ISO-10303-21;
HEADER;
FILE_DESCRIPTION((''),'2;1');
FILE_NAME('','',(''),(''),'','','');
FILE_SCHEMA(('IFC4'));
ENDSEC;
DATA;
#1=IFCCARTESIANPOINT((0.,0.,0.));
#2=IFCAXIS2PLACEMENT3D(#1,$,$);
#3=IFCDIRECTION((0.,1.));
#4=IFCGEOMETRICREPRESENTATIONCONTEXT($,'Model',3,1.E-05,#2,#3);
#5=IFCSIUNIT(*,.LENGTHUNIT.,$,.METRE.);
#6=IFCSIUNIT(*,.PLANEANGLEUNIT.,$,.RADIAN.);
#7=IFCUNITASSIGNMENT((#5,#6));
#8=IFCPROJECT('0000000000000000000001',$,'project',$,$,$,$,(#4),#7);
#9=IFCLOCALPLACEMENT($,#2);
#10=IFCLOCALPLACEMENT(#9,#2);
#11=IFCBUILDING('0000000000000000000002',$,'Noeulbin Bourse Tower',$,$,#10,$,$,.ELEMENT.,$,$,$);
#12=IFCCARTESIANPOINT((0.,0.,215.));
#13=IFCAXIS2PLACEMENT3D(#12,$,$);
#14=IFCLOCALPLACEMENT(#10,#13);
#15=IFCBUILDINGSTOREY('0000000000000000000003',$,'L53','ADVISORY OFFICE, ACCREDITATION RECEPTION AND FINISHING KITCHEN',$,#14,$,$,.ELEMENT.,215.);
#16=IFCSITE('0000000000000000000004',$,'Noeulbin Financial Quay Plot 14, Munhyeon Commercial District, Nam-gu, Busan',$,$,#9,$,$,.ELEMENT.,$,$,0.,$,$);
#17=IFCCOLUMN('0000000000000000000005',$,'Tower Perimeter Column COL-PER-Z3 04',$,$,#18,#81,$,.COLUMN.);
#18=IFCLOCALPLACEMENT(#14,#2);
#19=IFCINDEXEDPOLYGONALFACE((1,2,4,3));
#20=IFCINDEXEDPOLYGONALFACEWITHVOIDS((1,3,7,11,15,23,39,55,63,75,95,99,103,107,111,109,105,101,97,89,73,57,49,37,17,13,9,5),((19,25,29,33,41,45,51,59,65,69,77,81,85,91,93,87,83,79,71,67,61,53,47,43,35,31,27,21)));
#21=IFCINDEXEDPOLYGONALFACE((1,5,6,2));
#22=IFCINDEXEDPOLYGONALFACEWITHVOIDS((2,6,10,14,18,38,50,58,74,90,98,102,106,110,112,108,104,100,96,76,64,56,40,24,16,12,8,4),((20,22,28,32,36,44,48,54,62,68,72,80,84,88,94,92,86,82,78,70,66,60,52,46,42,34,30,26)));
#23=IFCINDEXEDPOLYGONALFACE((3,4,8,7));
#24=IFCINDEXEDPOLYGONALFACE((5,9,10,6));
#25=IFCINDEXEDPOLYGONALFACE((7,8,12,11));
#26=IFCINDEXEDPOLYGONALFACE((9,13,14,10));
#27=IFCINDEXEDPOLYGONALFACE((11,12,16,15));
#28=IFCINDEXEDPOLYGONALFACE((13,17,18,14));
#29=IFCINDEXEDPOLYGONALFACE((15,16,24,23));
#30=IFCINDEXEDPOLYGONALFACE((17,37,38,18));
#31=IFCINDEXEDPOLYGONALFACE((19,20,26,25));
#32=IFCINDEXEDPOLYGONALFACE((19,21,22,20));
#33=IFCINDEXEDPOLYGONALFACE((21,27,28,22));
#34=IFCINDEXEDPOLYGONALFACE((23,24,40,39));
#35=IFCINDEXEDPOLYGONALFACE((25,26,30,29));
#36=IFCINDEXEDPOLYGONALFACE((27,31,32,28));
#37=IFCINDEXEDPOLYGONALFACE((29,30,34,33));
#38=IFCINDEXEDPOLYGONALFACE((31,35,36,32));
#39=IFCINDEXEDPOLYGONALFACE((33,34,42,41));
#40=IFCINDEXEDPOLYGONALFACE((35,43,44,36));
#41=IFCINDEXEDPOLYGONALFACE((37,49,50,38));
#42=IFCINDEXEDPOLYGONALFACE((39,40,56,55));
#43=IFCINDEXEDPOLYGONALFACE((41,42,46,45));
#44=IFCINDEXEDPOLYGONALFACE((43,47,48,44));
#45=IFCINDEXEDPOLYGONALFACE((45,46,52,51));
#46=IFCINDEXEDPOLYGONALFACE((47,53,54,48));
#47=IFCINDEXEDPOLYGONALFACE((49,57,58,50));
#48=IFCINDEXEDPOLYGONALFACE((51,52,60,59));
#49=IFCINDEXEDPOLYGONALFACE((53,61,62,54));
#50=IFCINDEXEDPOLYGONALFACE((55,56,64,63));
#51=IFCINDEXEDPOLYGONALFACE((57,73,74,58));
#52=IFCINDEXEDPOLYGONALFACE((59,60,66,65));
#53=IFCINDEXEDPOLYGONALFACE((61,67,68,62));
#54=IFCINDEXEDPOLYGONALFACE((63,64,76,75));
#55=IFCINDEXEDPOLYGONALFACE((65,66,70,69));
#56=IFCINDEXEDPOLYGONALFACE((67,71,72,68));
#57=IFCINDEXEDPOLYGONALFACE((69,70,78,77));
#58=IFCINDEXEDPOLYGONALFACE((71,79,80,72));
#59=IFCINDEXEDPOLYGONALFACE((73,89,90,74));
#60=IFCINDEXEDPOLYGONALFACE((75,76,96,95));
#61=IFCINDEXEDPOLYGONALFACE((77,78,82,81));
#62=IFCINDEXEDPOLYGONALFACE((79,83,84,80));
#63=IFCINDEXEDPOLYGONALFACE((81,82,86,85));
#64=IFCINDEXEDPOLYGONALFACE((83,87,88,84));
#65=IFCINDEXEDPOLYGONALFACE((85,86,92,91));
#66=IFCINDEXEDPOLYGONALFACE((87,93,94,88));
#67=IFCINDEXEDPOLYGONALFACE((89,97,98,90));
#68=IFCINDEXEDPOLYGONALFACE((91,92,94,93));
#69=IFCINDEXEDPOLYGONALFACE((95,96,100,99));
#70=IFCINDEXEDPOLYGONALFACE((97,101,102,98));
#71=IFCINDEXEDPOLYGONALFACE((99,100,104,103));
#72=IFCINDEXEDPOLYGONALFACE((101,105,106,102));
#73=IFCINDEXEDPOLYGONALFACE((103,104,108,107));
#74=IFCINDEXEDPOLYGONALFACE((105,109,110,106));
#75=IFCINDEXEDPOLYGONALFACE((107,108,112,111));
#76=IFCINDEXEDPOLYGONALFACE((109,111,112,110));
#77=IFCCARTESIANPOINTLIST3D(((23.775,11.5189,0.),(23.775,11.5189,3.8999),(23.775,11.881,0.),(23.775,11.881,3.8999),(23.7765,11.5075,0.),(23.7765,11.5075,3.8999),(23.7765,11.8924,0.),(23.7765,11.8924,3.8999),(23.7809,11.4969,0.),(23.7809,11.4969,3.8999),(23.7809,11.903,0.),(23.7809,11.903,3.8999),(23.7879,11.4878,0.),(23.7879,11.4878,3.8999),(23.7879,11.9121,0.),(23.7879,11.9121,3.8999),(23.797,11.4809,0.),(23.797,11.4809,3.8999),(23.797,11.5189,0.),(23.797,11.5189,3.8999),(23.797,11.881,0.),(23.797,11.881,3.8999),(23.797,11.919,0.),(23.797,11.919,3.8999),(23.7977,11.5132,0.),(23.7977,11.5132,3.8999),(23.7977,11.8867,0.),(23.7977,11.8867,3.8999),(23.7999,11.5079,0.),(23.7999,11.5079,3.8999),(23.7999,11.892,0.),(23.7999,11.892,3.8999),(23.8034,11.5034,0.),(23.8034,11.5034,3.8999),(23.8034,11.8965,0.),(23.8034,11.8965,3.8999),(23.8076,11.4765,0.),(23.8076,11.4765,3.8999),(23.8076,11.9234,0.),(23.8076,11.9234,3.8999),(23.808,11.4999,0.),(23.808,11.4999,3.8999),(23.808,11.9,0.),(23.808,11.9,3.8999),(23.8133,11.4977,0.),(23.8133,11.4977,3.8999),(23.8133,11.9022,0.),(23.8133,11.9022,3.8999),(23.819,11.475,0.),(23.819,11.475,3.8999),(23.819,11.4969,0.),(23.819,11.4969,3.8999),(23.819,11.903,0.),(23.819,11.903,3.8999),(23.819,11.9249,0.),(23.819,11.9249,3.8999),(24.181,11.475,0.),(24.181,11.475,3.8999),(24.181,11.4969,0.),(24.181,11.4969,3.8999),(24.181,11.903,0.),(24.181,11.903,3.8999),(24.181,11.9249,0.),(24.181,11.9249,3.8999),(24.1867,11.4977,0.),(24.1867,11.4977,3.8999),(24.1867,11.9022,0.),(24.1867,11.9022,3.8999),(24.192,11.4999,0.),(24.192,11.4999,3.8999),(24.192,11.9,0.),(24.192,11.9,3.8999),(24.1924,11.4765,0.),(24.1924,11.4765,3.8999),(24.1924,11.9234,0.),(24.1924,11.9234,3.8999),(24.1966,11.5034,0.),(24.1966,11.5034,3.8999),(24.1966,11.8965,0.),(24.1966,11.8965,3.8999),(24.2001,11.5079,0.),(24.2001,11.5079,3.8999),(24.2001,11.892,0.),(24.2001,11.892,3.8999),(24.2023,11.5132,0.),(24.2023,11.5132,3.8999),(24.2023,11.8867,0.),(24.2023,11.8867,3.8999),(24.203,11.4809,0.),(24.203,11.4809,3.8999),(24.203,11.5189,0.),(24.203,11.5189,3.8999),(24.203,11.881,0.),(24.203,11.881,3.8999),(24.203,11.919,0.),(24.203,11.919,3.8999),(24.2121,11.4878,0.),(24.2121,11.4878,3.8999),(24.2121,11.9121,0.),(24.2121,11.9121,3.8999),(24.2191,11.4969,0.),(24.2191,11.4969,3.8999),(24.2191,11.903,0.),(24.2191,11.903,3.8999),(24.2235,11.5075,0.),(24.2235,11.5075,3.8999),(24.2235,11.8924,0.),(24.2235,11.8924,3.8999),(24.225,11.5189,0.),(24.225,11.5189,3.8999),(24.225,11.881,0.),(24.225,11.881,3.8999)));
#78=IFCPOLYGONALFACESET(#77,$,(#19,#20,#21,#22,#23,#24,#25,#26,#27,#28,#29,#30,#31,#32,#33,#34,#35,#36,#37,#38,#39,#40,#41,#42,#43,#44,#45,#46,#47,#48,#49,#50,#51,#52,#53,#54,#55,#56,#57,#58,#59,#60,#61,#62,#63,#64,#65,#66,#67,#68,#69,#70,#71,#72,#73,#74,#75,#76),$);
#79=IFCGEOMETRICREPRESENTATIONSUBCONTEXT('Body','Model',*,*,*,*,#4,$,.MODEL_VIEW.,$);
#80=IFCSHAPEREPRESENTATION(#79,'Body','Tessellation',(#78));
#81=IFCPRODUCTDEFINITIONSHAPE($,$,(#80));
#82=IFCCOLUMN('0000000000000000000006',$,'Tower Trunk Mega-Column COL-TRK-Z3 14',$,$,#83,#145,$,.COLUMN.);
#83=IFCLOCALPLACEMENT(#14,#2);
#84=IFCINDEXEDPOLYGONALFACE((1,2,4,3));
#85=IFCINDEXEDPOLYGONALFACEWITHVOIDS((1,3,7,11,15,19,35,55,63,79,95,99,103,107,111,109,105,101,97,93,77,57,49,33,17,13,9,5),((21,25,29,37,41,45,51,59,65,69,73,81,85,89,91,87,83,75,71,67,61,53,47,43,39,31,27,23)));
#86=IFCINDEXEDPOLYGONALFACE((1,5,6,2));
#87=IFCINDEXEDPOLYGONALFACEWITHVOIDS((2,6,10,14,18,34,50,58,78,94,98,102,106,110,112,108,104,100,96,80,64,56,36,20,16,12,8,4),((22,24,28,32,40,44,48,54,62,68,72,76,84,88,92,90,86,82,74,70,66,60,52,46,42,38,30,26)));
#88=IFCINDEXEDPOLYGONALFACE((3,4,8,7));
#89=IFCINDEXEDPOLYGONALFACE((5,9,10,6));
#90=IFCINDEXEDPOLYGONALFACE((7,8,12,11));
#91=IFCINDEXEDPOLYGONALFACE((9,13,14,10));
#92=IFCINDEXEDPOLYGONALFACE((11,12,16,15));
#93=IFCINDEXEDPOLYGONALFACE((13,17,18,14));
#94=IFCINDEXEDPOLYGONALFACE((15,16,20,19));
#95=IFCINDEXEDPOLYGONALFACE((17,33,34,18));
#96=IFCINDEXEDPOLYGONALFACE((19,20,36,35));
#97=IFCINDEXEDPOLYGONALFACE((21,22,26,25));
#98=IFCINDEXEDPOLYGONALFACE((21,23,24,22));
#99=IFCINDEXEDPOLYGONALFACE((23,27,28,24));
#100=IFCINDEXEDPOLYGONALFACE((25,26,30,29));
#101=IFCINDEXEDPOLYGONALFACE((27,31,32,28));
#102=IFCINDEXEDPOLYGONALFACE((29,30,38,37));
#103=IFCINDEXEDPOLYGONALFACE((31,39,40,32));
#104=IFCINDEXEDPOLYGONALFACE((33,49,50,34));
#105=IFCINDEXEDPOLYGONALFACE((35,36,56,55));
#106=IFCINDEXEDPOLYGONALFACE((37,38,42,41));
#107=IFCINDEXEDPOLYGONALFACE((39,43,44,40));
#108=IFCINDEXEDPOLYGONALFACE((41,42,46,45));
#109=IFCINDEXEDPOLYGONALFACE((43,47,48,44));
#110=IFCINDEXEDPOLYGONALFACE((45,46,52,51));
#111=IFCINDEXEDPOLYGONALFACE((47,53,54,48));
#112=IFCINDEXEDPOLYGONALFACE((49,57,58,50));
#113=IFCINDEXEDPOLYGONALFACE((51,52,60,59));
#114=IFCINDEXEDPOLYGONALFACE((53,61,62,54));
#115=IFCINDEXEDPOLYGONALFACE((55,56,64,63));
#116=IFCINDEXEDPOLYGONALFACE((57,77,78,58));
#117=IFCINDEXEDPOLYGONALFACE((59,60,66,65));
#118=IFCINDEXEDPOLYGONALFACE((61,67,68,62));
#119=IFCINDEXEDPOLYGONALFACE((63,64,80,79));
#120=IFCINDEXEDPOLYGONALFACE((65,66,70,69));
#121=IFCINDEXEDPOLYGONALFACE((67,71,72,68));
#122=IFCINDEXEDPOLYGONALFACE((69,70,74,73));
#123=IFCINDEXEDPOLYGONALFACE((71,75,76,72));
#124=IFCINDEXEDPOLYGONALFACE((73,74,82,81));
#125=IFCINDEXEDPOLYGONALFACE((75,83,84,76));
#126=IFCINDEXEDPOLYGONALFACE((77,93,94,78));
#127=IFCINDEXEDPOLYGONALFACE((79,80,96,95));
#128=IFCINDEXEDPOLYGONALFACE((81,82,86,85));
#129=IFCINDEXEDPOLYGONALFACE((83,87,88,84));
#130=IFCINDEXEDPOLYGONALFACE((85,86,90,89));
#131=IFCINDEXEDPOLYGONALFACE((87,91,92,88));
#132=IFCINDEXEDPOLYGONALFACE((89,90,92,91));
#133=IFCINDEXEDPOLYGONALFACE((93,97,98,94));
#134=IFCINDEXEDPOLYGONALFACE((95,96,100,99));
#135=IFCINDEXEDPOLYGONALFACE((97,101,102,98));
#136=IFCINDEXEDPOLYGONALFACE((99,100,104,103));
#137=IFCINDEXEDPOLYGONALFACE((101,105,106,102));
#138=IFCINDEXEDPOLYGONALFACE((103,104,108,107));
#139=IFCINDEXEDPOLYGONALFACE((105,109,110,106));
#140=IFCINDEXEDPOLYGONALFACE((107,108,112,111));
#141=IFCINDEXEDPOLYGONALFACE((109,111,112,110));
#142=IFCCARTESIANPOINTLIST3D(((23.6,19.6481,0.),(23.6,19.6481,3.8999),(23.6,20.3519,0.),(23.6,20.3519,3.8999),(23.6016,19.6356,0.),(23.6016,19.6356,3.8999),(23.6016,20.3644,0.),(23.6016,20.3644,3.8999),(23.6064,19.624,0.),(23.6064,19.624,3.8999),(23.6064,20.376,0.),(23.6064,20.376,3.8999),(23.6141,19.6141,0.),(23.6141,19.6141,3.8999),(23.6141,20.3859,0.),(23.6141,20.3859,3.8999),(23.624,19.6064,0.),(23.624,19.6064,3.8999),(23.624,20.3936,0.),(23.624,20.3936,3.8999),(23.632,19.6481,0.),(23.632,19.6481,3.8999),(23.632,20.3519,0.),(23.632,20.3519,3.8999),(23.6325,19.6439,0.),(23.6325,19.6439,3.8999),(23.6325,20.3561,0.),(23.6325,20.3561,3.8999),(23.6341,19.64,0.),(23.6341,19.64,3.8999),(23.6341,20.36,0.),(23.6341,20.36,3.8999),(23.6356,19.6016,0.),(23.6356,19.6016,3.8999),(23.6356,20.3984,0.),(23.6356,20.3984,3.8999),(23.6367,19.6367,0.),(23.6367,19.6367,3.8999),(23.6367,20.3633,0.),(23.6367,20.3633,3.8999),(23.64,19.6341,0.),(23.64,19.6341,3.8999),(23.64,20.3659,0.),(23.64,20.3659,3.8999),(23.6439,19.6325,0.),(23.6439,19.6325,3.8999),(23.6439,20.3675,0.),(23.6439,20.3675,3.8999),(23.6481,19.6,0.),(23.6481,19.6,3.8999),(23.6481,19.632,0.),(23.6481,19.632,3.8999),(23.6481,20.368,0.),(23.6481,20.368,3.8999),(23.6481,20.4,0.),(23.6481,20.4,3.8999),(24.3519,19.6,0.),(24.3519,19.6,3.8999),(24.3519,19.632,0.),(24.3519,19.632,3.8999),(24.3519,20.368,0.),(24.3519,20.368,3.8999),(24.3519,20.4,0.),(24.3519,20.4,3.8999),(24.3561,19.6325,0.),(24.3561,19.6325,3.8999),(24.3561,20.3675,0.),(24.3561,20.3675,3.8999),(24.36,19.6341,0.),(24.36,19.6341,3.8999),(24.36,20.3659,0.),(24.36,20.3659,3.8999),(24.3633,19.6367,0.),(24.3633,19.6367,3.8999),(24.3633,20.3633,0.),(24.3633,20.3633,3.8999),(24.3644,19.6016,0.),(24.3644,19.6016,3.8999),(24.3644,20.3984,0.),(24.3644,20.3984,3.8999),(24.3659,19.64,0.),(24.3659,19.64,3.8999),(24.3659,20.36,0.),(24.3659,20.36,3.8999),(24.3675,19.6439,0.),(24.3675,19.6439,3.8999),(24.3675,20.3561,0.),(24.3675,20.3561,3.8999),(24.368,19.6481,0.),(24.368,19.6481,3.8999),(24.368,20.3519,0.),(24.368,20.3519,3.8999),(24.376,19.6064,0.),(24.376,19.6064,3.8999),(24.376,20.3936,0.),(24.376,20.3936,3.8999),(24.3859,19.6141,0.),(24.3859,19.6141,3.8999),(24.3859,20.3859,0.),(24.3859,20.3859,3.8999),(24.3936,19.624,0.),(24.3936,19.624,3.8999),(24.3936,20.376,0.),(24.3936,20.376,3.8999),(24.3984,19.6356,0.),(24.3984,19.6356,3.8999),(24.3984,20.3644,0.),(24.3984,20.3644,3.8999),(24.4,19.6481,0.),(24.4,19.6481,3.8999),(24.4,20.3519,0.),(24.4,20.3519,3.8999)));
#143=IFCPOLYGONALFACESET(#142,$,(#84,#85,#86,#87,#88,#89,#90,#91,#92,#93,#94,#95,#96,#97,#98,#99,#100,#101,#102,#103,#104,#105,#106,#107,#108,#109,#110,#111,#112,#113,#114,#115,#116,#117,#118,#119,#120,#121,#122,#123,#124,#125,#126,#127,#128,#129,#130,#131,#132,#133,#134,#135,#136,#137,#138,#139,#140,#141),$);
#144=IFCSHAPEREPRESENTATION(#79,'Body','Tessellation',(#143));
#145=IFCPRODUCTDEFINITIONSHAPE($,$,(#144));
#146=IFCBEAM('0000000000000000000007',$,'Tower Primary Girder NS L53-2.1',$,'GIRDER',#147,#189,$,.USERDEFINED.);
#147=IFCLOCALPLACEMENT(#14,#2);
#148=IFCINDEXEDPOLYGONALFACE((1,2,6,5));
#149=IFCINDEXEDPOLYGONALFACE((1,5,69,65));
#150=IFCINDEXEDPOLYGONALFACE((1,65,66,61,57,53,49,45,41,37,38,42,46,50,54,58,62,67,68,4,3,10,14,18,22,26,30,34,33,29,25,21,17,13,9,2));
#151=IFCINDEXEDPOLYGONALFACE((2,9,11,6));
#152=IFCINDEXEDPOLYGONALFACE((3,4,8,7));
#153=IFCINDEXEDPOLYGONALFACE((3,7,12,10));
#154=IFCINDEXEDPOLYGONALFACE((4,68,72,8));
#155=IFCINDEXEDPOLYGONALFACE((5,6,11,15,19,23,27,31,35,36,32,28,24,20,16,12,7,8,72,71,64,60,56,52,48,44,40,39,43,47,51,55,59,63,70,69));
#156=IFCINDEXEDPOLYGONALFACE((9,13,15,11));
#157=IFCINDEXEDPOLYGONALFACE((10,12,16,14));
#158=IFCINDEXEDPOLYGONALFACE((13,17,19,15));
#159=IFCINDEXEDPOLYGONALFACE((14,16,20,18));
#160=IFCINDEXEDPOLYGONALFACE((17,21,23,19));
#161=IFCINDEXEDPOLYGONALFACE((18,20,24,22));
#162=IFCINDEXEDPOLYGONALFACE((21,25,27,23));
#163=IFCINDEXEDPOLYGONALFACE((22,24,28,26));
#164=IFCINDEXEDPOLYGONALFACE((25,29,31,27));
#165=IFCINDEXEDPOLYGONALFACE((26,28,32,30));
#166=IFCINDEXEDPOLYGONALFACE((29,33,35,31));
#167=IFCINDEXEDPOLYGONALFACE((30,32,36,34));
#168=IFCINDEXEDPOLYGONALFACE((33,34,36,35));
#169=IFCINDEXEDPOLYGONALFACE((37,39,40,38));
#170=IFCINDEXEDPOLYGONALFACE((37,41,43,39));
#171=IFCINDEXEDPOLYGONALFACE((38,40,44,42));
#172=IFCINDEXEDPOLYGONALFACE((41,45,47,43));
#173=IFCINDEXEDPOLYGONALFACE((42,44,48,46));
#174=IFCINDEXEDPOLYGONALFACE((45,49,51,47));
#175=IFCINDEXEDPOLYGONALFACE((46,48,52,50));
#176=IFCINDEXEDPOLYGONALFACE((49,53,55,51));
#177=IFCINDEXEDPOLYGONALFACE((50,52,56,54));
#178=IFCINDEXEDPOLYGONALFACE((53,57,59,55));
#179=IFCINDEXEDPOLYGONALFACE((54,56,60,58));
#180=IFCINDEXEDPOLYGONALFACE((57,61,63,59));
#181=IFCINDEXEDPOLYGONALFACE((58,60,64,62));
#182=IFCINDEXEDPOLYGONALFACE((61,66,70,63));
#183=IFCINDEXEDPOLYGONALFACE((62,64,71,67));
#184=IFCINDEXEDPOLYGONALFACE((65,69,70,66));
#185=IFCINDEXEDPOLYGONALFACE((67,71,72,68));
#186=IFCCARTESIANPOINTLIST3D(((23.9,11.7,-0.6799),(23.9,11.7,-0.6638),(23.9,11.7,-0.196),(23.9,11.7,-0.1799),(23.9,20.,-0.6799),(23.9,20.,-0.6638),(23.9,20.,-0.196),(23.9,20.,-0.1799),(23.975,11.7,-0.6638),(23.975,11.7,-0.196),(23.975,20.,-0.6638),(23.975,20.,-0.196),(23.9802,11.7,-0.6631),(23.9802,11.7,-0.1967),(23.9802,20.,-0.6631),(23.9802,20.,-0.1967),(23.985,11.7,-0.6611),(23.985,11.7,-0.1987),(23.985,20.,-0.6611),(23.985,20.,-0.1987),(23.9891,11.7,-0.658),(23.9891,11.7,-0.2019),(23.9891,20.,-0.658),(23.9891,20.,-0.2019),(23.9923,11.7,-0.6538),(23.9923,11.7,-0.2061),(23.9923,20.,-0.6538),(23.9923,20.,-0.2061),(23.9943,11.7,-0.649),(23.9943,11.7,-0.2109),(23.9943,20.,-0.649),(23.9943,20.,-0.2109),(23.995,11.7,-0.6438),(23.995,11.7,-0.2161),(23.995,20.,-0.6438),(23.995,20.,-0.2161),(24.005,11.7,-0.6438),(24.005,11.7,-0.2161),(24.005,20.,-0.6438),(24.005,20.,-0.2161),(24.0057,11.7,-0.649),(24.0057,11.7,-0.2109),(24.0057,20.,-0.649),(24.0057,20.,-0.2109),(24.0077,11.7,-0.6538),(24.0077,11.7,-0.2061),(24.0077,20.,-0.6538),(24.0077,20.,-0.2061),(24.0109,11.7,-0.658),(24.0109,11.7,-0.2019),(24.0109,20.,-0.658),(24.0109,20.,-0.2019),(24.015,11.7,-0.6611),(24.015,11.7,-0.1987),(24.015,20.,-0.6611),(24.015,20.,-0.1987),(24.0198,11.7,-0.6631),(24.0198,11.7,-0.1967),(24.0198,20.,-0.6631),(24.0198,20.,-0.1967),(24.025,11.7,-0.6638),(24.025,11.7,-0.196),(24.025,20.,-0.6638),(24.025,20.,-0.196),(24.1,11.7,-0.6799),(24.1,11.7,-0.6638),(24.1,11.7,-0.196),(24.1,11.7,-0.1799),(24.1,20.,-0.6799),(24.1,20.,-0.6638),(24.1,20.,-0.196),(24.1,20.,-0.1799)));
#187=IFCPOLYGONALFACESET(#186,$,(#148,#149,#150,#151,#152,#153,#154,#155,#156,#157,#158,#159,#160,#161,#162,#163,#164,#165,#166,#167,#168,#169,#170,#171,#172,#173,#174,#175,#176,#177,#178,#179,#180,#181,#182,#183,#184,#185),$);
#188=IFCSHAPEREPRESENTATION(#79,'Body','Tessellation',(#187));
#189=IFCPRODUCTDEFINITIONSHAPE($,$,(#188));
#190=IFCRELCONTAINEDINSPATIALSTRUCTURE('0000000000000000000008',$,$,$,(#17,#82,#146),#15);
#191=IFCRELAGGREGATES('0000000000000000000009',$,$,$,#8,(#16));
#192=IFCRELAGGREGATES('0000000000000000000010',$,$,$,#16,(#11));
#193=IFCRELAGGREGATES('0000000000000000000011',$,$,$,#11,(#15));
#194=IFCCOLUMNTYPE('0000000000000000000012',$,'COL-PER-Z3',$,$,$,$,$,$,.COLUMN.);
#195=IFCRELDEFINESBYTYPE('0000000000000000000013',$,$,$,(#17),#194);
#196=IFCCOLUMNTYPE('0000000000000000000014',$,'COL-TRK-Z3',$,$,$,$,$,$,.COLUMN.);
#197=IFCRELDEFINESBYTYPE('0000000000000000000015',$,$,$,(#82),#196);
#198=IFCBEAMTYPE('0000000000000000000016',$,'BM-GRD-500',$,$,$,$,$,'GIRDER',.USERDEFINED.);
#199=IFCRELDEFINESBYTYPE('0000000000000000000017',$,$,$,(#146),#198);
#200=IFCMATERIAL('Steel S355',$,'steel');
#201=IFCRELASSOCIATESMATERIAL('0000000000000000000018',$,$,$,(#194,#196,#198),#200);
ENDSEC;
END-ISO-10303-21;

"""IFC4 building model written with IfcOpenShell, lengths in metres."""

from ifc_helpers import new_model, si_unit, direction, frame, origin, origin_2d, place, context, subcontext, project, spatial, hollow_rectangle, i_section, extrude, material, material_profile, profile_set, type_object, element, save


model = new_model("IFC4")

# Units and contexts
model_context = context("Model", 3, precision=1e-05, world=origin(), true_north=direction((0.0, 1.0)))
body_context = subcontext(model_context, "Body", "Model", "MODEL_VIEW")
ifc_project = project(units=[si_unit("LENGTHUNIT", "METRE"), si_unit("PLANEANGLEUNIT", "RADIAN")], contexts=[model_context])

# Site, building, storey
site_placement = place(None, origin())
site = spatial("IfcSite", under=ifc_project, at=site_placement, Name="Noeulbin Financial Quay Plot 14, Munhyeon Commercial District, Nam-gu, Busan", CompositionType="ELEMENT", RefElevation=0.0)
building_placement = place(site_placement, origin())
building = spatial("IfcBuilding", under=site, at=building_placement, Name="Noeulbin Bourse Tower", CompositionType="ELEMENT")
storey_placement = place(building_placement, frame((0.0, 0.0, 215.0)))
storey = spatial("IfcBuildingStorey", under=building, at=storey_placement, Name="L53", Description="ADVISORY OFFICE, ACCREDITATION RECEPTION AND FINISHING KITCHEN", CompositionType="ELEMENT", Elevation=215.0)

# Columns
ifc_material_1 = material(Name="Steel S355", Category="steel")
ifc_material_profile_1 = material_profile(ifc_material_1, hollow_rectangle(XDim=0.45, YDim=0.45, WallThickness=0.022, InnerFilletRadius=0.022, OuterFilletRadius=0.0439, at=origin_2d()), Name="SHS-450x450x22", Category="LoadBearing")
ifc_profile_set_1 = profile_set([ifc_material_profile_1], Name="Steel S355")
column_type_1 = type_object("IfcColumnType", Name="COL-PER-Z3", PredefinedType="COLUMN", material=ifc_profile_set_1)
column_1_placement = place(storey_placement, frame((24.0, 11.7, 0.0), z_axis=(0.0, 0.0, 1.0), x_axis=(1.0, 0.0, 0.0)))
element("IfcColumn", 1, at=column_1_placement, inside=storey, type_object=column_type_1, Name="Tower Perimeter Column COL-PER-Z3 04", PredefinedType="COLUMN", context=body_context, shape_type="SweptSolid", body=[
    extrude(hollow_rectangle(XDim=0.45, YDim=0.45, WallThickness=0.022, InnerFilletRadius=0.022, OuterFilletRadius=0.0439, at=origin_2d()), origin(), (0.0, 0.0, 1.0), 3.8999),
])
ifc_material_profile_2 = material_profile(ifc_material_1, hollow_rectangle(XDim=0.8, YDim=0.8, WallThickness=0.032, InnerFilletRadius=0.0161, OuterFilletRadius=0.0481, at=origin_2d()), Name="BOX-800x800x32", Category="LoadBearing")
ifc_profile_set_2 = profile_set([ifc_material_profile_2], Name="Steel S355")
column_type_2 = type_object("IfcColumnType", Name="COL-TRK-Z3", PredefinedType="COLUMN", material=ifc_profile_set_2)
column_2_placement = place(storey_placement, frame((24.0, 20.0, 0.0), z_axis=(0.0, 0.0, 1.0), x_axis=(1.0, 0.0, 0.0)))
element("IfcColumn", 2, at=column_2_placement, inside=storey, type_object=column_type_2, Name="Tower Trunk Mega-Column COL-TRK-Z3 14", PredefinedType="COLUMN", context=body_context, shape_type="SweptSolid", body=[
    extrude(hollow_rectangle(XDim=0.8, YDim=0.8, WallThickness=0.032, InnerFilletRadius=0.0161, OuterFilletRadius=0.0481, at=origin_2d()), origin(), (0.0, 0.0, 1.0), 3.8999),
])

# Beam
ifc_material_profile_3 = material_profile(ifc_material_1, i_section(OverallWidth=0.2, OverallDepth=0.5, WebThickness=0.01, FlangeThickness=0.0161, FilletRadius=0.02, at=origin_2d()), Name="H-500x200x10x16", Category="LoadBearing")
ifc_profile_set_3 = profile_set([ifc_material_profile_3], Name="Steel S355")
beam_type_1 = type_object("IfcBeamType", Name="BM-GRD-500", ElementType="GIRDER", PredefinedType="USERDEFINED", material=ifc_profile_set_3)
beam_1_placement = place(storey_placement, frame((24.0, 11.7, -0.4299), z_axis=(0.0, 1.0, 0.0), x_axis=(-1.0, 0.0, 0.0)))
element("IfcBeam", 3, at=beam_1_placement, inside=storey, type_object=beam_type_1, Name="Tower Primary Girder NS L53-2.1", ObjectType="GIRDER", PredefinedType="USERDEFINED", context=body_context, shape_type="SweptSolid", body=[
    extrude(i_section(OverallWidth=0.2, OverallDepth=0.5, WebThickness=0.01, FlangeThickness=0.0161, FilletRadius=0.02, at=origin_2d()), origin(), (0.0, 0.0, 1.0), 8.3),
])

save(model, "model.ifc")
